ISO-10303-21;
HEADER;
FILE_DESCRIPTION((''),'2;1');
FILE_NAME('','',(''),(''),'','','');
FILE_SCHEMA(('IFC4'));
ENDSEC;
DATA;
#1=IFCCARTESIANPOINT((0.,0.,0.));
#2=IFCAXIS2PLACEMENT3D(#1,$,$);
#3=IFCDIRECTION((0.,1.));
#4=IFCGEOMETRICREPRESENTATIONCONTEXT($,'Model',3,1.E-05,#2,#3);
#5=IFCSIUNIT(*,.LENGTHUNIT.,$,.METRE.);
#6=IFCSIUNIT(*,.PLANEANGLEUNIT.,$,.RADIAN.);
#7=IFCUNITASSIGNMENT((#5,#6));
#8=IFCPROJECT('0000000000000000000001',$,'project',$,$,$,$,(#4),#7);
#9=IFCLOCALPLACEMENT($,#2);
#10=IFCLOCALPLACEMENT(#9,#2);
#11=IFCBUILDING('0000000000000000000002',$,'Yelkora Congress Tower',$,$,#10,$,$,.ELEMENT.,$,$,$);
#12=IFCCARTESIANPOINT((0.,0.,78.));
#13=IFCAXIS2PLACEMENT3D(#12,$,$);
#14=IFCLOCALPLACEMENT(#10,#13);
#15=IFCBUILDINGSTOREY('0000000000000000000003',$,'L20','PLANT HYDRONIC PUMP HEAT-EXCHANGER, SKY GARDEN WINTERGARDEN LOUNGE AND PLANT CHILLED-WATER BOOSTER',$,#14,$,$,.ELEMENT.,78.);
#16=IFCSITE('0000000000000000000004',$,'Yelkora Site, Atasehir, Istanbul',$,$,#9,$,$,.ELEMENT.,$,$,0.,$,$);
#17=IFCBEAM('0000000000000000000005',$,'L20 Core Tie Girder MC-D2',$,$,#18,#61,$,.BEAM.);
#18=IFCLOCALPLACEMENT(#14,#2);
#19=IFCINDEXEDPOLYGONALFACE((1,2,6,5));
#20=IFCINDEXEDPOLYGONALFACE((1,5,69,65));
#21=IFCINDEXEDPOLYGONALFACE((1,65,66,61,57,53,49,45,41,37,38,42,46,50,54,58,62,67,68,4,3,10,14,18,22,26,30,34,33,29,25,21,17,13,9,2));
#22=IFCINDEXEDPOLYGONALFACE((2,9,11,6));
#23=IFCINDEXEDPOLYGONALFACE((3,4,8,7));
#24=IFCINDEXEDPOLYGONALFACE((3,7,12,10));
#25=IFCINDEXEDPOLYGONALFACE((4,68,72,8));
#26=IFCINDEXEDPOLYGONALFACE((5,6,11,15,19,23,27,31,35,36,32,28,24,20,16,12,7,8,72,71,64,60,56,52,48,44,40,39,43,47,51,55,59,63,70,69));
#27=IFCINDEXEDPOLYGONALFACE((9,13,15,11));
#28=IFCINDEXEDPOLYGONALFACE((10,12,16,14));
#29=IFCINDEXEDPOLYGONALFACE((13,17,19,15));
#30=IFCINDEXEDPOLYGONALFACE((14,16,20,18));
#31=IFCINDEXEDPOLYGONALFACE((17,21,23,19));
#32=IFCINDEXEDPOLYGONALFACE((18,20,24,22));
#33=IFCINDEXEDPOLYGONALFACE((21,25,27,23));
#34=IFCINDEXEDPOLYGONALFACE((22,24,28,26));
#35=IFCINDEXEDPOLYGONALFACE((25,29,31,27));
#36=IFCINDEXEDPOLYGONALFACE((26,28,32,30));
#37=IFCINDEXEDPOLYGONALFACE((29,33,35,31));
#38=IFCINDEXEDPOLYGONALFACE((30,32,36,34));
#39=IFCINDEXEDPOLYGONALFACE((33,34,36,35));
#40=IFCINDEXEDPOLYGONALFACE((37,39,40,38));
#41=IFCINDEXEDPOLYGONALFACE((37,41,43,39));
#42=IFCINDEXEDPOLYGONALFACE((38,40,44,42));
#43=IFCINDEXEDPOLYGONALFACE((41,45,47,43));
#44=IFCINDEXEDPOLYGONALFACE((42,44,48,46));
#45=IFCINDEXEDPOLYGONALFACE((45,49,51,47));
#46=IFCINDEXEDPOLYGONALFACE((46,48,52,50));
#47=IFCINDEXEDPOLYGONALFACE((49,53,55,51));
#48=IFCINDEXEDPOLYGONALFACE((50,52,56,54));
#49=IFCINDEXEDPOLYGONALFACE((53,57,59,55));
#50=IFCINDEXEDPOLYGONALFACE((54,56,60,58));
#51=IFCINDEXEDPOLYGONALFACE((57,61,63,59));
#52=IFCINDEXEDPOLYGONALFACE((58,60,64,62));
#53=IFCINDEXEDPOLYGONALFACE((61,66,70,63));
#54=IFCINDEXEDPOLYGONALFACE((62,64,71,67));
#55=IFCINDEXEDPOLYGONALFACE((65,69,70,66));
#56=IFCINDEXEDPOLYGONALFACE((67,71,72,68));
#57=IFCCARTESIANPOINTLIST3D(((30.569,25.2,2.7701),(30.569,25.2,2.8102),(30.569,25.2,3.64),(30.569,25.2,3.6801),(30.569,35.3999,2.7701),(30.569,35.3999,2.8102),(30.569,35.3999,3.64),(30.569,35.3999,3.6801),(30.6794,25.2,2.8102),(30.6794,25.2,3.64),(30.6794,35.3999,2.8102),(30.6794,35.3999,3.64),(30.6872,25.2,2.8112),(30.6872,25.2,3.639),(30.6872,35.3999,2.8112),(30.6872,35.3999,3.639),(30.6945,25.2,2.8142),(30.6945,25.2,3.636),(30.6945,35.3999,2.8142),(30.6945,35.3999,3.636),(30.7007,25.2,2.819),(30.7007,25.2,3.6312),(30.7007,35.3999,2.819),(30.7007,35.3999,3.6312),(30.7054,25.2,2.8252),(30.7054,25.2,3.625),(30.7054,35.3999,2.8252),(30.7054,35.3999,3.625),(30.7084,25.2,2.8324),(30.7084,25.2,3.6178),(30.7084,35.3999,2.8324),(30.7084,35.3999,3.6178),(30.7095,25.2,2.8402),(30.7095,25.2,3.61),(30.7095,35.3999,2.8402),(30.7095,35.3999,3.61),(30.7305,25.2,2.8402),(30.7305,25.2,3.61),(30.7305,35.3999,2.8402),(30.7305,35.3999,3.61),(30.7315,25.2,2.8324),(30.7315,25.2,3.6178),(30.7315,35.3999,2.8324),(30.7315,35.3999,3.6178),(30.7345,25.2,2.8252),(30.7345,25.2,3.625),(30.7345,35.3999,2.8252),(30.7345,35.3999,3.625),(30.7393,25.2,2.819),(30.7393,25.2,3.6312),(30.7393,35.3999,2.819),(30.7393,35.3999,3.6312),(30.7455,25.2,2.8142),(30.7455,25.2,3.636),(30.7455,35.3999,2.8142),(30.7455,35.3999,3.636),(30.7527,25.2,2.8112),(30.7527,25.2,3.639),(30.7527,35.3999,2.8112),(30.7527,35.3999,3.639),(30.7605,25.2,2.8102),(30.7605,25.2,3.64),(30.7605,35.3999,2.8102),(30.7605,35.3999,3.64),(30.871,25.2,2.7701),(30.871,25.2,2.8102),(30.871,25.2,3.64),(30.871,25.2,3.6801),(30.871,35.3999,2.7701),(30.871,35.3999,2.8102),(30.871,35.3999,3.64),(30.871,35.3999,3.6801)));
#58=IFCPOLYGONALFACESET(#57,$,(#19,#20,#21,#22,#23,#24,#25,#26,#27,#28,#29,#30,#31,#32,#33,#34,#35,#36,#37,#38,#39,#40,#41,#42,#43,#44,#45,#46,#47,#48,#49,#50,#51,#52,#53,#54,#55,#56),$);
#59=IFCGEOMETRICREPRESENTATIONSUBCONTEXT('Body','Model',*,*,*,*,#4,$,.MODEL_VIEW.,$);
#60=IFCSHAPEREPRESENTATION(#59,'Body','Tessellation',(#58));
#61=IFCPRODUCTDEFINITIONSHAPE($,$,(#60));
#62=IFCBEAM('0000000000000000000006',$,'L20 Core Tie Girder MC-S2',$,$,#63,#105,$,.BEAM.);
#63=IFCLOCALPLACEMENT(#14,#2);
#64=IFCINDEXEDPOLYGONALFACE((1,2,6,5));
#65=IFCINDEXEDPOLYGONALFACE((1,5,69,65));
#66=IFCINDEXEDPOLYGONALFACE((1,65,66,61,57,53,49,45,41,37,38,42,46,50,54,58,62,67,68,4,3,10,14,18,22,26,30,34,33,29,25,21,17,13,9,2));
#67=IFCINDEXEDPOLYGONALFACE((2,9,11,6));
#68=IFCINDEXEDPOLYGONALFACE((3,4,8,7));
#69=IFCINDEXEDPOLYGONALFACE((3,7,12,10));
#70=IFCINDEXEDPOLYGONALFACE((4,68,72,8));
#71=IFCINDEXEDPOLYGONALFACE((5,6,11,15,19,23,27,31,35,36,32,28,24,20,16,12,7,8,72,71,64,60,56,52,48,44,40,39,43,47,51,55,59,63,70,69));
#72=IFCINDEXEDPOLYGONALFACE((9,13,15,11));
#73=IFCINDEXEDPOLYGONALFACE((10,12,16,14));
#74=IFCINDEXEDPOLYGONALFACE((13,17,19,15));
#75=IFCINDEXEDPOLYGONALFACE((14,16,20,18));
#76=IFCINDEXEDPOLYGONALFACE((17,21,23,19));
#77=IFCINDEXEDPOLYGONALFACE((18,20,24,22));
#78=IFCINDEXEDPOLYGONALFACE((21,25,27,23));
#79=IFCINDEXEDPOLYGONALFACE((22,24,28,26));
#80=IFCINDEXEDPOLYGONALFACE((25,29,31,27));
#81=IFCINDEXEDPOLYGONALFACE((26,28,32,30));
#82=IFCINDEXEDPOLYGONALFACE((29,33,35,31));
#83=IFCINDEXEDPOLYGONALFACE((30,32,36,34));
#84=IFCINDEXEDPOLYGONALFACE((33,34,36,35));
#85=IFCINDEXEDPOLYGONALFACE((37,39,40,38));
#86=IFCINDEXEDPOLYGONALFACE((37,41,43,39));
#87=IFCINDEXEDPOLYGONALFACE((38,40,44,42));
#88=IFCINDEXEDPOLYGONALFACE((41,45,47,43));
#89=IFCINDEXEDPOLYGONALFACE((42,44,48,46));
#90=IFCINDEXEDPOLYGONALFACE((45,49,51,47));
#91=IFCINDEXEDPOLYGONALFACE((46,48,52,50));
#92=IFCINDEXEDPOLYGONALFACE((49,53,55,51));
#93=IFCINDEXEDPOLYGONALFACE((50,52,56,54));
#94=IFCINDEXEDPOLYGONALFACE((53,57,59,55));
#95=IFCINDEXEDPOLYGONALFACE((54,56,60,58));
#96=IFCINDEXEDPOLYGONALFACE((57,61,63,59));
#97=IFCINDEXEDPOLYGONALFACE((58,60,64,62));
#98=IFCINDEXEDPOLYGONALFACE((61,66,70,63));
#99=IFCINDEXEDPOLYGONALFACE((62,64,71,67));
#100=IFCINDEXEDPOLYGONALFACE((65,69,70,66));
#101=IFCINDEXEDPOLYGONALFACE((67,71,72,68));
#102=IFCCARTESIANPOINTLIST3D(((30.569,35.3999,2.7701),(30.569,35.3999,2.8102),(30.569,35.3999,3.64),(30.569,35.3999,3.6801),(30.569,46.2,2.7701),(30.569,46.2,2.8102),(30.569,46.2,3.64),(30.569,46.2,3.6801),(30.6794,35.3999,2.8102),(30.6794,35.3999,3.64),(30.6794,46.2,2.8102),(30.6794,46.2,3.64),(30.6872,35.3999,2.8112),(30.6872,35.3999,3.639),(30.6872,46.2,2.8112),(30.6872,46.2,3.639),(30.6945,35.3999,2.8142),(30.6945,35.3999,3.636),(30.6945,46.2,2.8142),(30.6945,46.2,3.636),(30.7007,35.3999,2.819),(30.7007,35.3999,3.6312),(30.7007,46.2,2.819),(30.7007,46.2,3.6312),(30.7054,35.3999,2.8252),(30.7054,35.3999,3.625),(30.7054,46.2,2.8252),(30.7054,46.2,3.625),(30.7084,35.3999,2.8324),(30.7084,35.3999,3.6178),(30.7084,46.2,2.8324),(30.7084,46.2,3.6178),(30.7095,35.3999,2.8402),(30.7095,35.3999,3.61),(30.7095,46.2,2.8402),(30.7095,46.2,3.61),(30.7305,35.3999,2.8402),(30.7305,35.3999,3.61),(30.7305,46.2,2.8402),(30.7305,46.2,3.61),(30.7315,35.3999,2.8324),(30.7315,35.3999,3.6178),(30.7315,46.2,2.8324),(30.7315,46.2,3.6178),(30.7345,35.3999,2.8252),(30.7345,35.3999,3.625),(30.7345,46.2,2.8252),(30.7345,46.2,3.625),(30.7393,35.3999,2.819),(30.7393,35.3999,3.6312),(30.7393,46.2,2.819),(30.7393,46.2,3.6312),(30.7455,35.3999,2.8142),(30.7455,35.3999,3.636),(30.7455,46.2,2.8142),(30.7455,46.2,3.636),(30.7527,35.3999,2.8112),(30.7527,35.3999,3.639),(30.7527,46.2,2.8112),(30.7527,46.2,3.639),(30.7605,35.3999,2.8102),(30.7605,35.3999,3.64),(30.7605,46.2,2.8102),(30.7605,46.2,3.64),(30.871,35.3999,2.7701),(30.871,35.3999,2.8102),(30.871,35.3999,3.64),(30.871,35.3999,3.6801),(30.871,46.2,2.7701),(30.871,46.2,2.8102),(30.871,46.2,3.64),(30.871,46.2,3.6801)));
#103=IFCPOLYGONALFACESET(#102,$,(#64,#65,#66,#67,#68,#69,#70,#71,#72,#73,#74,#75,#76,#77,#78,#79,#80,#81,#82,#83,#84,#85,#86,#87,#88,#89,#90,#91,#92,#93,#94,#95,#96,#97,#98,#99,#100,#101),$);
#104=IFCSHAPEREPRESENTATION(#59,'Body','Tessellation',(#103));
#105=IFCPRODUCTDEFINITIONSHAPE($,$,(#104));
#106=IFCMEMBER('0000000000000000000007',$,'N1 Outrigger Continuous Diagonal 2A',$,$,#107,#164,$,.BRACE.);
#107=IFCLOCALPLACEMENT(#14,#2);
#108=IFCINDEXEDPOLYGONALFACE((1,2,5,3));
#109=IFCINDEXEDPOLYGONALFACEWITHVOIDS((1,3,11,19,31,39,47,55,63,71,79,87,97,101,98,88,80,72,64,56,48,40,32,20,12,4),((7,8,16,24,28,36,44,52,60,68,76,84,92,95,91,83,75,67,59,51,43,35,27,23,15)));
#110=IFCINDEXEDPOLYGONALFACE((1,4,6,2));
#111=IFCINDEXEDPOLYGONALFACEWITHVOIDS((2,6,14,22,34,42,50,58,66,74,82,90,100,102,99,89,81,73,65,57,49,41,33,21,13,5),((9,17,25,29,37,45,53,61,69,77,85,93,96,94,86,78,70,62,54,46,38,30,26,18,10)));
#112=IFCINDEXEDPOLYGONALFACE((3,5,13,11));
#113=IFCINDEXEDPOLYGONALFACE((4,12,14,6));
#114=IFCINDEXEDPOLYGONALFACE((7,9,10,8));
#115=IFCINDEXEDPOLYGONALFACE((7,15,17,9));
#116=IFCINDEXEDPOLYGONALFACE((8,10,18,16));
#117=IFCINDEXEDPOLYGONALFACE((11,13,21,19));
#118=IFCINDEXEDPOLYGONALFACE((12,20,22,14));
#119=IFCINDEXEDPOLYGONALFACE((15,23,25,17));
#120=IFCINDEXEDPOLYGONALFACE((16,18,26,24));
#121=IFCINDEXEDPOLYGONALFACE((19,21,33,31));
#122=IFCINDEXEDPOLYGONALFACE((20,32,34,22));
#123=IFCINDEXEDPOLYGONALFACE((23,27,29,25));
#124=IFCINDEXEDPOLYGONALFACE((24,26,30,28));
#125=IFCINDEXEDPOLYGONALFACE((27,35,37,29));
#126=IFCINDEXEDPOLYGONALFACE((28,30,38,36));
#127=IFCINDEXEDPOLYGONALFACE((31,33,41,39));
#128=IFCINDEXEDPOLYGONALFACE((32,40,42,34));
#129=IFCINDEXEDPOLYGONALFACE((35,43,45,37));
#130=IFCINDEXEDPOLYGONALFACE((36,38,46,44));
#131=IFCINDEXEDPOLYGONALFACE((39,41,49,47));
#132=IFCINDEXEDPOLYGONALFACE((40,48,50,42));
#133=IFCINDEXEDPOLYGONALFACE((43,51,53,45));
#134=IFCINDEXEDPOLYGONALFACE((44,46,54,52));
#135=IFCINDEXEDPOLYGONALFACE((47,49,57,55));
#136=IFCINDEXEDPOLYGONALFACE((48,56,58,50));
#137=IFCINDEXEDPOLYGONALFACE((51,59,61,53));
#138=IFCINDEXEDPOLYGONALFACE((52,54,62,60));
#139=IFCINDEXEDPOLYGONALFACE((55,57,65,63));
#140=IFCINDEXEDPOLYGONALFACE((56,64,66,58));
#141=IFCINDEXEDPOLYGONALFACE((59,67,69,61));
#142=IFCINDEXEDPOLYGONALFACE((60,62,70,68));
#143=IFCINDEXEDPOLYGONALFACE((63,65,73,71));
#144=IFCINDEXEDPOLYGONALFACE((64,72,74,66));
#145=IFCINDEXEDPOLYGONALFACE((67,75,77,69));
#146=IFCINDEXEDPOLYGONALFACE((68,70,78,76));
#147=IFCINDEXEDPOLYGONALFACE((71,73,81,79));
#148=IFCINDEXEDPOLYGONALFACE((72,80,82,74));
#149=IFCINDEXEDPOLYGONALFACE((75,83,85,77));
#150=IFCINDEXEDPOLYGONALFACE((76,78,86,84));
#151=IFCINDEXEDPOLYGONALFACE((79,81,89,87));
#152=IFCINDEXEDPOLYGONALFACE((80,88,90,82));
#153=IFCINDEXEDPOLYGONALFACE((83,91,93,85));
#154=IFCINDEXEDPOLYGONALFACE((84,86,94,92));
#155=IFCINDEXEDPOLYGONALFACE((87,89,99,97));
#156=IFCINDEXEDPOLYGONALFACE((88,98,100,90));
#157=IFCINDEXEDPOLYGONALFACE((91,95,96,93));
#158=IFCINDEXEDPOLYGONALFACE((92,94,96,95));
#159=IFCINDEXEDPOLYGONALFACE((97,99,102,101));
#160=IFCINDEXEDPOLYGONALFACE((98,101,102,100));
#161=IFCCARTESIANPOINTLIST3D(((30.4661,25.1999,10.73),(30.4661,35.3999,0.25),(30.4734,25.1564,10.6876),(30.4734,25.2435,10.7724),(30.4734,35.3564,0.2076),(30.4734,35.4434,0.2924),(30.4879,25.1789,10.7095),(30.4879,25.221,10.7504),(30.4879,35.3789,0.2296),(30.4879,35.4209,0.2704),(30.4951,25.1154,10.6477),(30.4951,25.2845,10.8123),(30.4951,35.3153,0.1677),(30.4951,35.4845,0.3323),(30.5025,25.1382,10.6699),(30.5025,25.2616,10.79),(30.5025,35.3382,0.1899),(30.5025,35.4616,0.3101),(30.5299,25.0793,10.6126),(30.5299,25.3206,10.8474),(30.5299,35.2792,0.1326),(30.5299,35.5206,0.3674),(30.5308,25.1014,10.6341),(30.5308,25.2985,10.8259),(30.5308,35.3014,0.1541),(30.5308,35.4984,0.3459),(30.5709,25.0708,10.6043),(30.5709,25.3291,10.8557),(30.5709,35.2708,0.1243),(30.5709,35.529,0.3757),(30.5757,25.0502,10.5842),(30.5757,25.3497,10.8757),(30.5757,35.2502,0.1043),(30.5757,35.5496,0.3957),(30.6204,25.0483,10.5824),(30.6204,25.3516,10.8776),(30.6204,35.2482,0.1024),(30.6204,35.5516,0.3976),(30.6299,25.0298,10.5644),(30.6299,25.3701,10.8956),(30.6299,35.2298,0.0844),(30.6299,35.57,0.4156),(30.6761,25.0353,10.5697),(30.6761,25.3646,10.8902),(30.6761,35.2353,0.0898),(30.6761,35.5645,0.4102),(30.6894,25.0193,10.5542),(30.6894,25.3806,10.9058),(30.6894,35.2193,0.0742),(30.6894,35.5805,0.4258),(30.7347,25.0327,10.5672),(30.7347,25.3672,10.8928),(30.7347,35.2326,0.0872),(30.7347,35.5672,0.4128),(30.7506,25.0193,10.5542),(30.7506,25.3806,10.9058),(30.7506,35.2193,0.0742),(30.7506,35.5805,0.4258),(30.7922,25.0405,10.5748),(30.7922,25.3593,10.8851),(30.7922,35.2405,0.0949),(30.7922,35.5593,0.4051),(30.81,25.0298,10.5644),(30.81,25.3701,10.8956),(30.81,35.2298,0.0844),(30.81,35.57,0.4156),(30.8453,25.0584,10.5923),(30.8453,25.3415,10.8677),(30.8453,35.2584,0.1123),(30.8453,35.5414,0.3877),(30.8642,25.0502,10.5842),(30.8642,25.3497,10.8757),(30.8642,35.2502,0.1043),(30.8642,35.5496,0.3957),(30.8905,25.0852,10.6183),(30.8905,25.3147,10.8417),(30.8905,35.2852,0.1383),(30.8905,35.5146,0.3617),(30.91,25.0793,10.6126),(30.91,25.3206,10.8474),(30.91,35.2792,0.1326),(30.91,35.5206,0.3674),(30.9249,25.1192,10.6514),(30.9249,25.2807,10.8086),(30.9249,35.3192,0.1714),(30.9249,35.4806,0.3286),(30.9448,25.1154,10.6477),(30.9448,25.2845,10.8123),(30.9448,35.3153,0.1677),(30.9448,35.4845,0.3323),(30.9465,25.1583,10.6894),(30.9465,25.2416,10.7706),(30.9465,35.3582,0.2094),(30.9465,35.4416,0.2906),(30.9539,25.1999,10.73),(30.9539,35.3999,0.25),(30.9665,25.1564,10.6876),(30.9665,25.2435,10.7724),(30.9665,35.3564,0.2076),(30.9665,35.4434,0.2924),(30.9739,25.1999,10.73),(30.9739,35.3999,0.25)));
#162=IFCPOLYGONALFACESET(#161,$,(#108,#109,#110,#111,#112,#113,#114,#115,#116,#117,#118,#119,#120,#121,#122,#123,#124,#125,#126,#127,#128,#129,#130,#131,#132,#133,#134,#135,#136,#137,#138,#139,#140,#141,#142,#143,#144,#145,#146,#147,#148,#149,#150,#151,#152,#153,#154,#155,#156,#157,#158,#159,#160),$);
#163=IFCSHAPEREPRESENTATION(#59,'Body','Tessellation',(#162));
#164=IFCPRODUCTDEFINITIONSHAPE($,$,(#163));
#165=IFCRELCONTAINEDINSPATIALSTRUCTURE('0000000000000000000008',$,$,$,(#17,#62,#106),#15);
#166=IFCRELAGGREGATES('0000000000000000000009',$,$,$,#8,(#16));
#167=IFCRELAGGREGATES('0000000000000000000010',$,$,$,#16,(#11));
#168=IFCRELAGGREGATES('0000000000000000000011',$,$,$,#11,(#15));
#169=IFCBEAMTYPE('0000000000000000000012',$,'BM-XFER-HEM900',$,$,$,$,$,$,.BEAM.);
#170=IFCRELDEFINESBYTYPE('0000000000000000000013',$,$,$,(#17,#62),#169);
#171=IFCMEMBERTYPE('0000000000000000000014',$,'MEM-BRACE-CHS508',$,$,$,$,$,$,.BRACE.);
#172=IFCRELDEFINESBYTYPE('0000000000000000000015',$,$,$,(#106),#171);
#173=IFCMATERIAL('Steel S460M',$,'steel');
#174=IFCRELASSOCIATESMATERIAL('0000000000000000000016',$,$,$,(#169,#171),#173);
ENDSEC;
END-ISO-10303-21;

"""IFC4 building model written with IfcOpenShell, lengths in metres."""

from ifc_helpers import new_model, si_unit, direction, frame, origin, origin_2d, place, context, subcontext, project, spatial, hollow_circle, i_section, extrude, material, material_profile, profile_set, type_object, element, save


model = new_model("IFC4")

# Units and contexts
model_context = context("Model", 3, precision=1e-05, world=origin(), true_north=direction((0.0, 1.0)))
body_context = subcontext(model_context, "Body", "Model", "MODEL_VIEW")
ifc_project = project(units=[si_unit("LENGTHUNIT", "METRE"), si_unit("PLANEANGLEUNIT", "RADIAN")], contexts=[model_context])

# Site, building, storey
site_placement = place(None, origin())
site = spatial("IfcSite", under=ifc_project, at=site_placement, Name="Yelkora Site, Atasehir, Istanbul", CompositionType="ELEMENT", RefElevation=0.0)
building_placement = place(site_placement, origin())
building = spatial("IfcBuilding", under=site, at=building_placement, Name="Yelkora Congress Tower", CompositionType="ELEMENT")
storey_placement = place(building_placement, frame((0.0, 0.0, 78.0)))
storey = spatial("IfcBuildingStorey", under=building, at=storey_placement, Name="L20", Description="PLANT HYDRONIC PUMP HEAT-EXCHANGER, SKY GARDEN WINTERGARDEN LOUNGE AND PLANT CHILLED-WATER BOOSTER", CompositionType="ELEMENT", Elevation=78.0)

# Beams
ifc_material_1 = material(Name="Steel S460M", Category="steel")
ifc_material_profile_1 = material_profile(ifc_material_1, i_section(OverallWidth=0.302, OverallDepth=0.9099, WebThickness=0.021, FlangeThickness=0.04, FilletRadius=0.03, at=origin_2d()), Name="HEM 900")
ifc_profile_set_1 = profile_set([ifc_material_profile_1], Name="Steel S460M")
beam_type = type_object("IfcBeamType", Name="BM-XFER-HEM900", PredefinedType="BEAM", material=ifc_profile_set_1)
beam_1_placement = place(storey_placement, frame((30.72, 25.2, 3.2251), z_axis=(0.0, 1.0, 0.0), x_axis=(-1.0, 0.0, 0.0)))
element("IfcBeam", 1, at=beam_1_placement, inside=storey, type_object=beam_type, Name="L20 Core Tie Girder MC-D2", PredefinedType="BEAM", context=body_context, shape_type="SweptSolid", body=[
    extrude(i_section(OverallWidth=0.302, OverallDepth=0.9099, WebThickness=0.021, FlangeThickness=0.04, FilletRadius=0.03, at=origin_2d()), origin(), (0.0, 0.0, 1.0), 10.2),
])
beam_2_placement = place(storey_placement, frame((30.72, 35.3999, 3.2251), z_axis=(0.0, 1.0, 0.0), x_axis=(-1.0, 0.0, 0.0)))
element("IfcBeam", 2, at=beam_2_placement, inside=storey, type_object=beam_type, Name="L20 Core Tie Girder MC-S2", PredefinedType="BEAM", context=body_context, shape_type="SweptSolid", body=[
    extrude(i_section(OverallWidth=0.302, OverallDepth=0.9099, WebThickness=0.021, FlangeThickness=0.04, FilletRadius=0.03, at=origin_2d()), origin(), (0.0, 0.0, 1.0), 10.8),
])

# Member
ifc_material_profile_2 = material_profile(ifc_material_1, hollow_circle(Radius=0.2539, WallThickness=0.02, at=origin_2d()), Name="CHS 508x20")
ifc_profile_set_2 = profile_set([ifc_material_profile_2], Name="Steel S460M")
member_type_1 = type_object("IfcMemberType", Name="MEM-BRACE-CHS508", PredefinedType="BRACE", material=ifc_profile_set_2)
member_1_placement = place(storey_placement, frame((30.72, 35.3999, 0.25), z_axis=(0.0, -0.697468, 0.716616), x_axis=(1.0, 0.0, 0.0)))
element("IfcMember", 3, at=member_1_placement, inside=storey, type_object=member_type_1, Name="N1 Outrigger Continuous Diagonal 2A", PredefinedType="BRACE", context=body_context, shape_type="SweptSolid", body=[
    extrude(hollow_circle(Radius=0.2539, WallThickness=0.02, at=origin_2d()), origin(), (0.0, 0.0, 1.0), 14.6243),
])

save(model, "model.ifc")
